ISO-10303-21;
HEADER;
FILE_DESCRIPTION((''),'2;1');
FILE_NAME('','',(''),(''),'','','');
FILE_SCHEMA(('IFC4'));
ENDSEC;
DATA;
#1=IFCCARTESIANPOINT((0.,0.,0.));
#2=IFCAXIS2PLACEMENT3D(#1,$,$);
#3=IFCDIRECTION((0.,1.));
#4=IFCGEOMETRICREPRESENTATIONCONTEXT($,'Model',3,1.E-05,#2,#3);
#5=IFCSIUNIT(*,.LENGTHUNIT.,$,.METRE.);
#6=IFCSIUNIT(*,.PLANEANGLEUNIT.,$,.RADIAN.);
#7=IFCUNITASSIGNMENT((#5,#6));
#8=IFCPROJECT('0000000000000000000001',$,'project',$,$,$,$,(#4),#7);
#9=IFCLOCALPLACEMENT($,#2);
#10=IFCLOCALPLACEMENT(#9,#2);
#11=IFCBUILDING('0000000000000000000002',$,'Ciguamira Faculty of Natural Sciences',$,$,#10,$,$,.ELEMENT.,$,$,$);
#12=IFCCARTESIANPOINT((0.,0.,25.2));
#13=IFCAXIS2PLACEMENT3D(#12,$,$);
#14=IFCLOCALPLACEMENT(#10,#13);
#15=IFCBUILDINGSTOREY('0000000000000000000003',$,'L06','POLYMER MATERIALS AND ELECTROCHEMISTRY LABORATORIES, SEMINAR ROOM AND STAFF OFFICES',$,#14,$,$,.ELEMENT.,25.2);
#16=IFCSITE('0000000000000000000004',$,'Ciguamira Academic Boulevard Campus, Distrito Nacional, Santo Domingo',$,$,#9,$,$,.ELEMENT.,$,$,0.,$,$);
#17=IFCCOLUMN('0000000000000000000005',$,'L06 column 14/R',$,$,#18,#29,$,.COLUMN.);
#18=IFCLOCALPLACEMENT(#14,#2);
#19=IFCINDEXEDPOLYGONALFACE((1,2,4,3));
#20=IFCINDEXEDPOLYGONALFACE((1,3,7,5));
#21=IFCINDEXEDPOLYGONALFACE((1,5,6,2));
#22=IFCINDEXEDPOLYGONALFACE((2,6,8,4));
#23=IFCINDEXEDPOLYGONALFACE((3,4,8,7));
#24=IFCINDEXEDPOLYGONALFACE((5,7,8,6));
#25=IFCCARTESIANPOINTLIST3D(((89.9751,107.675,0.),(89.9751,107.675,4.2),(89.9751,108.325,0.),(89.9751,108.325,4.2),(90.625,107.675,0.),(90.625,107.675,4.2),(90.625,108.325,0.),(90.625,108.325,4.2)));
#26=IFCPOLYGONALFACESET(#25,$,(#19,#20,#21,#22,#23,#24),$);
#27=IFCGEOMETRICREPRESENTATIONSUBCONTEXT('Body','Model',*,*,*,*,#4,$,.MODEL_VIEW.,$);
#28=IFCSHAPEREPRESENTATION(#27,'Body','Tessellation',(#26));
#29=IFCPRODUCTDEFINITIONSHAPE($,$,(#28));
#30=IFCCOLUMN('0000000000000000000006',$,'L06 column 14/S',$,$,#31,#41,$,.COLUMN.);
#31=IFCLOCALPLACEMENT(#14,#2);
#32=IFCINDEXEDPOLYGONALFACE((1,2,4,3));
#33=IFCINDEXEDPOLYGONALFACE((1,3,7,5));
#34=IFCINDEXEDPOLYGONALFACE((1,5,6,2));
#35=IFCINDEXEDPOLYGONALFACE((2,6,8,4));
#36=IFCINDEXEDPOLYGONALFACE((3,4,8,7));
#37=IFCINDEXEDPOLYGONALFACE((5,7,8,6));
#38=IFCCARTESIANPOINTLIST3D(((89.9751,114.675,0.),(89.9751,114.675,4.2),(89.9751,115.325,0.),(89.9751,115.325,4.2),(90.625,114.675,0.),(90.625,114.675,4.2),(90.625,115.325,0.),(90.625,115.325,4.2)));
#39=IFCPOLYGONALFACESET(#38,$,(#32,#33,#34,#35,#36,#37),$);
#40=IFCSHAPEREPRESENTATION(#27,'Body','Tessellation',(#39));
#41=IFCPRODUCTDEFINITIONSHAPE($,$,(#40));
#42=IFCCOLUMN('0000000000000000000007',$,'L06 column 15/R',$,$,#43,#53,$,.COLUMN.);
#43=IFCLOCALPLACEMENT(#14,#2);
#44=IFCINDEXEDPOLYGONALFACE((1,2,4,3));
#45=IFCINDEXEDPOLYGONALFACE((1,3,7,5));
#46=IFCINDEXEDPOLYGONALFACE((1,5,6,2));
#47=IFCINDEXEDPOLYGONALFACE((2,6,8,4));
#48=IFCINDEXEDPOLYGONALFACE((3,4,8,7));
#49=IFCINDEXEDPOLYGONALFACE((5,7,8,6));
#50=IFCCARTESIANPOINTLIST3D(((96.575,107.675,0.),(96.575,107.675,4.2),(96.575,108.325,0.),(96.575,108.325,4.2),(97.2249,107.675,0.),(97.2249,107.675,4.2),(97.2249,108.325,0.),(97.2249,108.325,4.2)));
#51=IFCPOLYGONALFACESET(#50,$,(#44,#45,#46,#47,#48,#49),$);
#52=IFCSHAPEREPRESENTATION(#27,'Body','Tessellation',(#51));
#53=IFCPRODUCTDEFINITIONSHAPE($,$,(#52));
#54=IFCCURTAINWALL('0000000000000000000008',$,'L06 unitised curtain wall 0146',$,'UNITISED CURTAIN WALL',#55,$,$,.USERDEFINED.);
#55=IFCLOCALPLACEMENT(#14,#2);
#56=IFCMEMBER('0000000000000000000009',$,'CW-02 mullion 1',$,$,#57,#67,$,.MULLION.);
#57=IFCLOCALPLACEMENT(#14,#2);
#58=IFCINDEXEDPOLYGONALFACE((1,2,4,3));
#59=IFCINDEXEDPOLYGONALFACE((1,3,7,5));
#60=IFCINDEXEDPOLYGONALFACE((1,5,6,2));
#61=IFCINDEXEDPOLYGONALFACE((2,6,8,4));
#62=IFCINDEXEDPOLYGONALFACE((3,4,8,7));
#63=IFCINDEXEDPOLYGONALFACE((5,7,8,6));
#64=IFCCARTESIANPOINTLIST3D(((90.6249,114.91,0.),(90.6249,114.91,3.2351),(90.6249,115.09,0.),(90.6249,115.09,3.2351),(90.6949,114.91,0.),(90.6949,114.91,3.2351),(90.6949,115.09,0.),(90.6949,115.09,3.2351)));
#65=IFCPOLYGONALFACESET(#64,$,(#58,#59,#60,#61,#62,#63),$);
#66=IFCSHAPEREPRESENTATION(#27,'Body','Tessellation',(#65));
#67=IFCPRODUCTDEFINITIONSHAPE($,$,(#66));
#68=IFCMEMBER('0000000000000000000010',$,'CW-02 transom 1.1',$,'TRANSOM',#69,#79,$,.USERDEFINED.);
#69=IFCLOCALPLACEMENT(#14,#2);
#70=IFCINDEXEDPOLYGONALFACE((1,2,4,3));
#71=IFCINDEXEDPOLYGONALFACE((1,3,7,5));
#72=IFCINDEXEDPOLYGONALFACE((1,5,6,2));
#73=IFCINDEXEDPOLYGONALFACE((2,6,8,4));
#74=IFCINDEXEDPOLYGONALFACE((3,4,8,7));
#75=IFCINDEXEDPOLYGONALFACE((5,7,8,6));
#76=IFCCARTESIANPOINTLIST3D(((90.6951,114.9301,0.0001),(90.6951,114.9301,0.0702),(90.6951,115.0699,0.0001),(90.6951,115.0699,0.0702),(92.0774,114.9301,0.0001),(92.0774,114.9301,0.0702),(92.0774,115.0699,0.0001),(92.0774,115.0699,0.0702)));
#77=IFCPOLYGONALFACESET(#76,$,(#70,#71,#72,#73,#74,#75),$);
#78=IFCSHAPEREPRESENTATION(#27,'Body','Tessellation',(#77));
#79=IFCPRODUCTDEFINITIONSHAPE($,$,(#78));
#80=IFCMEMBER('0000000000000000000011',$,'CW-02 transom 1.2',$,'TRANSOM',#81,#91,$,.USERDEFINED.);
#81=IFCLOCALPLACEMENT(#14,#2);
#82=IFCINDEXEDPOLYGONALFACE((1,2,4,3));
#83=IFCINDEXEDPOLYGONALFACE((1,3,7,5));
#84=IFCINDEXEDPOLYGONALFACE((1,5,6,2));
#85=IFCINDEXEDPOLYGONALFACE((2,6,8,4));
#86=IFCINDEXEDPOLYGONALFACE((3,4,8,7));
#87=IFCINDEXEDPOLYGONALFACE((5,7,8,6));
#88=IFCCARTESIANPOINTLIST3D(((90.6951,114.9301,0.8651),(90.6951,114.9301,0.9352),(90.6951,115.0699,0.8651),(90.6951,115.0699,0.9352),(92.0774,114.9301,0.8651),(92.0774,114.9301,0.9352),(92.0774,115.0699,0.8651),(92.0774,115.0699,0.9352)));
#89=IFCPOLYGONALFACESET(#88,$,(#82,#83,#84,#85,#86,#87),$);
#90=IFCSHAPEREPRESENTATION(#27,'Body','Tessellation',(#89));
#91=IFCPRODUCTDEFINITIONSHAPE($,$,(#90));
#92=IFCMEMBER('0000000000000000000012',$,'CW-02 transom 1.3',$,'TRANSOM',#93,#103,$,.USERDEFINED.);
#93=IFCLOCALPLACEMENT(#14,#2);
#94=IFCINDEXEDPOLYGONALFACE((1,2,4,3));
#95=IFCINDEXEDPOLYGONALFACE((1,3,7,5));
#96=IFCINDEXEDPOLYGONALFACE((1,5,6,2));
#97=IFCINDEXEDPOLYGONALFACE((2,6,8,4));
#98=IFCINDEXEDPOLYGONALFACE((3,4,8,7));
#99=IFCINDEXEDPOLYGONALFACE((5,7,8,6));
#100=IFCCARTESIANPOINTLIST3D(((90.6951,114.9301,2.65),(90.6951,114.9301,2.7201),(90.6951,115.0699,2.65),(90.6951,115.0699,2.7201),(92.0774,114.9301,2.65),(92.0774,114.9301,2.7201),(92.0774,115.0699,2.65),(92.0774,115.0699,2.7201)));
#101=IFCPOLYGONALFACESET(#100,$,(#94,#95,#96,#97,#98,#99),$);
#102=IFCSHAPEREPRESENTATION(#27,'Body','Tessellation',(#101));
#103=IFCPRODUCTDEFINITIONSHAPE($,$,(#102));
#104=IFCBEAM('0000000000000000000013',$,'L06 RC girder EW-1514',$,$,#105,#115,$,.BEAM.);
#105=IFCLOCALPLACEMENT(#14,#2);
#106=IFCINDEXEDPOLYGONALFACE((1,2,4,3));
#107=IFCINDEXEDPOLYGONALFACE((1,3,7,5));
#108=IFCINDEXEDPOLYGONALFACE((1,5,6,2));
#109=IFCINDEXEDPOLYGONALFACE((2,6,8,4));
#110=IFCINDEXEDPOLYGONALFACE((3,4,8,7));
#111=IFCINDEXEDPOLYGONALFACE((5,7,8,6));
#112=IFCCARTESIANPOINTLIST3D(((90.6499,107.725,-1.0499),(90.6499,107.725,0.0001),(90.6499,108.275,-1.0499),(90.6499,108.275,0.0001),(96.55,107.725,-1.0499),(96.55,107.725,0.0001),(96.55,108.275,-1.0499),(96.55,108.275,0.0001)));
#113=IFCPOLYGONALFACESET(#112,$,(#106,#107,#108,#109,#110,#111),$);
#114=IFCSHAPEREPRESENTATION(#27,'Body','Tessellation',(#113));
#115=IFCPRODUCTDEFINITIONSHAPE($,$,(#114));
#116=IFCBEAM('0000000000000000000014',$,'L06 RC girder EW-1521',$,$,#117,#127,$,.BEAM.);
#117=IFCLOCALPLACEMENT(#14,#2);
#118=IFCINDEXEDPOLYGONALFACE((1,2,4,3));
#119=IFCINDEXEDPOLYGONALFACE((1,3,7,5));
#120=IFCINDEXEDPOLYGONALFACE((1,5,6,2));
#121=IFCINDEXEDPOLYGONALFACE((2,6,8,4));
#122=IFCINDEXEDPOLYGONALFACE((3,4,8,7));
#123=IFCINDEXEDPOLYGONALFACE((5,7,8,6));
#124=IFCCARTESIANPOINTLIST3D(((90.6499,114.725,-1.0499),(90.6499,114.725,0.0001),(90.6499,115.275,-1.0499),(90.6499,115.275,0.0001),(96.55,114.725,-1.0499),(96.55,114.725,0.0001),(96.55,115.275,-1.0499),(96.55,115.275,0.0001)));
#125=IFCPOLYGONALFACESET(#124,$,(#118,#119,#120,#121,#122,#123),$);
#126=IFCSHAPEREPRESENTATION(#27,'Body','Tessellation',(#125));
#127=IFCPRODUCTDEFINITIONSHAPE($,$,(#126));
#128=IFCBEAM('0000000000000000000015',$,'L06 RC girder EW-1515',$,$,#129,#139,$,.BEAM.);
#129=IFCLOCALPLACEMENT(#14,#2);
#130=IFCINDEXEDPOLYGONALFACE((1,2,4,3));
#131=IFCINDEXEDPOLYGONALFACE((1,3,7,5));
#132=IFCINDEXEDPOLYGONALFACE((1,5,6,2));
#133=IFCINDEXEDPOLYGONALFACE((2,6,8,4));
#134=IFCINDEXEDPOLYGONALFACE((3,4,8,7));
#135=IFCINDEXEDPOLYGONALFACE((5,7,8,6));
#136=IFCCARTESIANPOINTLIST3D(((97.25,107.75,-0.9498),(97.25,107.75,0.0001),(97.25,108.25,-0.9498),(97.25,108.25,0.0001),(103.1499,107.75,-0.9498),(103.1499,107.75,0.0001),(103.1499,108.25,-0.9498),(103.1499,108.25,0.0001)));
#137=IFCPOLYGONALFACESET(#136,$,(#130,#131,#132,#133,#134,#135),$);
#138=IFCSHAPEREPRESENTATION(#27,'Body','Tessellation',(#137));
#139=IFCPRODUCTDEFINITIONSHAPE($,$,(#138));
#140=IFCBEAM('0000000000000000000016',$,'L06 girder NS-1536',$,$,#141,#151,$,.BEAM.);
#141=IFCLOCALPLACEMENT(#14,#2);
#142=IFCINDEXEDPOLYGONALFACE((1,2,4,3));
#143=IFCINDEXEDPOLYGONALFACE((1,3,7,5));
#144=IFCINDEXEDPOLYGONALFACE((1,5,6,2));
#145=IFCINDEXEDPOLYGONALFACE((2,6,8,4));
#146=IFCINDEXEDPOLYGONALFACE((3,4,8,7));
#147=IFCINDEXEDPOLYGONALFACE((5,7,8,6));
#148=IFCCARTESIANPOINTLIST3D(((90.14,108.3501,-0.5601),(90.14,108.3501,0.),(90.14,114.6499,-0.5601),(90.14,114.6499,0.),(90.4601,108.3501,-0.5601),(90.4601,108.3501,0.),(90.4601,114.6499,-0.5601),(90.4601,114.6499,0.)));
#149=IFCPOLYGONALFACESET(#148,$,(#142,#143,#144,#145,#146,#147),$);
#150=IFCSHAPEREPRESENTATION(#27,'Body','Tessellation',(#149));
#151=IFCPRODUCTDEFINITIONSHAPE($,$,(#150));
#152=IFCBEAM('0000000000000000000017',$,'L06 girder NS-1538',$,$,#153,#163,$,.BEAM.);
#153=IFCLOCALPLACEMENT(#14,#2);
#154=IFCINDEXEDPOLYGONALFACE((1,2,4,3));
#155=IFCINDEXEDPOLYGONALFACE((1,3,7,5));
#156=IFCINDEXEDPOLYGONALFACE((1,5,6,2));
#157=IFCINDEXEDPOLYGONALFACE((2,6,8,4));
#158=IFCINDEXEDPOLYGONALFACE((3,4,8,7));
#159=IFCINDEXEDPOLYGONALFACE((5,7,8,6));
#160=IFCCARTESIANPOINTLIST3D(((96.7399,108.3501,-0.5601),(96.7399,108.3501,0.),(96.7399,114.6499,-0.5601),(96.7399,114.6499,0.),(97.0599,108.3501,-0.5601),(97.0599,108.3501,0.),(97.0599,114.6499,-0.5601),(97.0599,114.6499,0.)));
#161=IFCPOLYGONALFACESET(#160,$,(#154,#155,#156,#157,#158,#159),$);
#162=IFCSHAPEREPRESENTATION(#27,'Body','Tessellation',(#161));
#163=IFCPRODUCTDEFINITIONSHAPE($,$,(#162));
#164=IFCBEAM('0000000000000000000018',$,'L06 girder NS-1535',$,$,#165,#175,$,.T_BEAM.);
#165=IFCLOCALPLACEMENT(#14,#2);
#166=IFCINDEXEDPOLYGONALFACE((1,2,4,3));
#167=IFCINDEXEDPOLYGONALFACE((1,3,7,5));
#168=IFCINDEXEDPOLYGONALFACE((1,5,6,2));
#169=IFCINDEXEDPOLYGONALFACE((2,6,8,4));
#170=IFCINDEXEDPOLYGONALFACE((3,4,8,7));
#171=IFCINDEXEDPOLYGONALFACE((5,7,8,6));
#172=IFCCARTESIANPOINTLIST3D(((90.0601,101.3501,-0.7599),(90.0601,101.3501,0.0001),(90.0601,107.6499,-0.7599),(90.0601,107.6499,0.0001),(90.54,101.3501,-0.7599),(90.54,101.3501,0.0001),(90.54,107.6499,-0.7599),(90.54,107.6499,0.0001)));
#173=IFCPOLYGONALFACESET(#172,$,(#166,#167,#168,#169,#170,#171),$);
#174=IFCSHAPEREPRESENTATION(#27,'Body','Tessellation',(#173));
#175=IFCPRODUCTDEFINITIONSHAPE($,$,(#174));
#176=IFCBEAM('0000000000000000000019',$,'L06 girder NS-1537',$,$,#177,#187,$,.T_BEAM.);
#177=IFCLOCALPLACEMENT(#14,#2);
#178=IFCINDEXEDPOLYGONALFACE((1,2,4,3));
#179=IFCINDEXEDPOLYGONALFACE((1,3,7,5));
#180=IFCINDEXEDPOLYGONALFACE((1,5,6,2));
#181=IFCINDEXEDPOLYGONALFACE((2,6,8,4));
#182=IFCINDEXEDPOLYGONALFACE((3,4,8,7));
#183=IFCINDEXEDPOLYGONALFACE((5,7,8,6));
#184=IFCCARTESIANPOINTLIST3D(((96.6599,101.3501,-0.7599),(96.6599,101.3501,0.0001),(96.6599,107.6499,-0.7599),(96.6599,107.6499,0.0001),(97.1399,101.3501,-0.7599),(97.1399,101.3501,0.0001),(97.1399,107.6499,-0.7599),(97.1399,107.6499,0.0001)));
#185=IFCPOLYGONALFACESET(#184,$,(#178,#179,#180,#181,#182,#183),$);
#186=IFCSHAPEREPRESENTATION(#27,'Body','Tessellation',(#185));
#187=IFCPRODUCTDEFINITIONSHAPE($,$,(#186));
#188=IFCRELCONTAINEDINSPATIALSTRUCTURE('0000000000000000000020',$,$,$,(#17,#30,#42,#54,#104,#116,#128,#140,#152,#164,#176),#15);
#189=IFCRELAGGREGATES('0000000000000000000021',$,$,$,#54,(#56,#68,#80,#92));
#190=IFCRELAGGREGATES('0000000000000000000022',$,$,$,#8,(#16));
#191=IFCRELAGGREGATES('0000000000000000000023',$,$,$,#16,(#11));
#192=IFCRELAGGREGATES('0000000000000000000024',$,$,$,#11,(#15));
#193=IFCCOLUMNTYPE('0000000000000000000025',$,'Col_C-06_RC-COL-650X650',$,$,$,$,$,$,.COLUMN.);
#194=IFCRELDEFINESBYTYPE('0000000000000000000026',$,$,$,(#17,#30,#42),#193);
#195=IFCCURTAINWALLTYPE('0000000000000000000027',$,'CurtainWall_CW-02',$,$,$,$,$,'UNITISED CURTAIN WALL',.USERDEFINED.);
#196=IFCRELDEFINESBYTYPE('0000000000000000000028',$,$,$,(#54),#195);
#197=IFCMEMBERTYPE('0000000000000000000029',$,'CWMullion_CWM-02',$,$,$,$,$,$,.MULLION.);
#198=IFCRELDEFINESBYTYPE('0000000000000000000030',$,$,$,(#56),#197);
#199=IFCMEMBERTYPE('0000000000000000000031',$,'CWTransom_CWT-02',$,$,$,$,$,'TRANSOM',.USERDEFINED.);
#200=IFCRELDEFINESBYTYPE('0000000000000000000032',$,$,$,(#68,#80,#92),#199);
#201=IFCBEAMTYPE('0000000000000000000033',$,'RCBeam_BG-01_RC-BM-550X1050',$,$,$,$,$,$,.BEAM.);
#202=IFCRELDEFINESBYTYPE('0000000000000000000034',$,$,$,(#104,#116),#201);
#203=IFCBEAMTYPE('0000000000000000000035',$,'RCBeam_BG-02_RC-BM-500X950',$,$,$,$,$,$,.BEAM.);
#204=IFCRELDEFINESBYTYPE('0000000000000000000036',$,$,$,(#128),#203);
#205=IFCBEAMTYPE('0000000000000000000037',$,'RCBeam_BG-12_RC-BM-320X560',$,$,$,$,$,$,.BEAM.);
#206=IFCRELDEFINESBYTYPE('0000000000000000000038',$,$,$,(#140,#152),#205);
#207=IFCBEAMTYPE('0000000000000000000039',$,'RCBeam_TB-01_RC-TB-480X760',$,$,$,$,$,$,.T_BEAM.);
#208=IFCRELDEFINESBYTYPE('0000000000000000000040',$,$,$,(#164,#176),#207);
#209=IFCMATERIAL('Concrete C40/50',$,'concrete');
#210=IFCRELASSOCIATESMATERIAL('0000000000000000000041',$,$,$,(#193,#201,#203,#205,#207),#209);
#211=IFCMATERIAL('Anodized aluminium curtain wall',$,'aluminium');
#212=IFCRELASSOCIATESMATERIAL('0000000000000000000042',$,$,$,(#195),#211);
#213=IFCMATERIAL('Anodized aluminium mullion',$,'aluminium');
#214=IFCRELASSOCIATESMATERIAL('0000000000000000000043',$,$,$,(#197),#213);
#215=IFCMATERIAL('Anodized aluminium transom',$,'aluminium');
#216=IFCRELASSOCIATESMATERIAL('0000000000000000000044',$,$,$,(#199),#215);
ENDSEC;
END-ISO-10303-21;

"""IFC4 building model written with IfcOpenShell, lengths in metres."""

from ifc_helpers import new_model, si_unit, direction, frame, origin, origin_2d, place, context, subcontext, project, spatial, rectangle, extrude, material, material_profile, profile_set, type_object, element, aggregate, save


model = new_model("IFC4")

# Units and contexts
model_context = context("Model", 3, precision=1e-05, world=origin(), true_north=direction((0.0, 1.0)))
body_context = subcontext(model_context, "Body", "Model", "MODEL_VIEW")
ifc_project = project(units=[si_unit("LENGTHUNIT", "METRE"), si_unit("PLANEANGLEUNIT", "RADIAN")], contexts=[model_context])

# Site, building, storey
site_placement = place(None, origin())
site = spatial("IfcSite", under=ifc_project, at=site_placement, Name="Ciguamira Academic Boulevard Campus, Distrito Nacional, Santo Domingo", CompositionType="ELEMENT", RefElevation=0.0)
building_placement = place(site_placement, origin())
building = spatial("IfcBuilding", under=site, at=building_placement, Name="Ciguamira Faculty of Natural Sciences", CompositionType="ELEMENT")
storey_placement = place(building_placement, frame((0.0, 0.0, 25.2)))
storey = spatial("IfcBuildingStorey", under=building, at=storey_placement, Name="L06", Description="POLYMER MATERIALS AND ELECTROCHEMISTRY LABORATORIES, SEMINAR ROOM AND STAFF OFFICES", CompositionType="ELEMENT", Elevation=25.2)

# Columns
ifc_material_1 = material(Name="Concrete C40/50", Category="concrete")
ifc_material_profile_1 = material_profile(ifc_material_1, rectangle(XDim=0.6499, YDim=0.6499, at=origin_2d()), Name="RC-COL-650X650")
ifc_profile_set_1 = profile_set([ifc_material_profile_1], Name="Concrete C40/50")
column_type = type_object("IfcColumnType", Name="Col_C-06_RC-COL-650X650", PredefinedType="COLUMN", material=ifc_profile_set_1)
for number, where, z_axis, x_axis, name in (
    (1, (90.3, 108.0, 0.0), (0.0, 0.0, 1.0), (1.0, 0.0, 0.0), "L06 column 14/R"),
    (2, (90.3, 115.0, 0.0), (0.0, 0.0, 1.0), (1.0, 0.0, 0.0), "L06 column 14/S"),
    (3, (96.8999, 108.0, 0.0), (0.0, 0.0, 1.0), (1.0, 0.0, 0.0), "L06 column 15/R"),
):
    element("IfcColumn", number, at=place(storey_placement, frame(where, z_axis=z_axis, x_axis=x_axis)), inside=storey, type_object=column_type, Name=name, PredefinedType="COLUMN", context=body_context, shape_type="SweptSolid", body=[
        extrude(rectangle(XDim=0.6499, YDim=0.6499, at=origin_2d()), origin(), (0.0, 0.0, 1.0), 4.2),
    ])

# Curtain wall, members
ifc_material_2 = material(Name="Anodized aluminium curtain wall", Category="aluminium")
curtain_wall_type = type_object("IfcCurtainWallType", Name="CurtainWall_CW-02", ElementType="UNITISED CURTAIN WALL", PredefinedType="USERDEFINED", material=ifc_material_2)
curtain_wall_placement = place(storey_placement, origin())
curtain_wall = element("IfcCurtainWall", 4, at=curtain_wall_placement, inside=storey, type_object=curtain_wall_type, Name="L06 unitised curtain wall 0146", ObjectType="UNITISED CURTAIN WALL", PredefinedType="USERDEFINED")
ifc_material_3 = material(Name="Anodized aluminium mullion", Category="aluminium")
ifc_material_profile_2 = material_profile(ifc_material_3, rectangle(XDim=0.0701, YDim=0.1799, at=origin_2d()), Name="ALU-MUL-70X180")
ifc_profile_set_2 = profile_set([ifc_material_profile_2], Name="Anodized aluminium mullion")
member_type_1 = type_object("IfcMemberType", Name="CWMullion_CWM-02", PredefinedType="MULLION", material=ifc_profile_set_2)
member_1_placement = place(storey_placement, frame((90.6599, 115.0, 0.0), z_axis=(0.0, 0.0, 1.0), x_axis=(1.0, 0.0, 0.0)))
member_1 = element("IfcMember", 5, at=member_1_placement, type_object=member_type_1, Name="CW-02 mullion 1", PredefinedType="MULLION", context=body_context, shape_type="SweptSolid", body=[
    extrude(rectangle(XDim=0.0701, YDim=0.1799, at=origin_2d()), origin(), (0.0, 0.0, 1.0), 3.2351),
])
ifc_material_4 = material(Name="Anodized aluminium transom", Category="aluminium")
ifc_material_profile_3 = material_profile(ifc_material_4, rectangle(XDim=0.0701, YDim=0.1399, at=origin_2d()), Name="ALU-TRN-70X140")
ifc_profile_set_3 = profile_set([ifc_material_profile_3], Name="Anodized aluminium transom")
member_type_2 = type_object("IfcMemberType", Name="CWTransom_CWT-02", ElementType="TRANSOM", PredefinedType="USERDEFINED", material=ifc_profile_set_3)
member_2_placement = place(storey_placement, frame((90.6951, 115.0, 0.0352), z_axis=(1.0, 0.0, 0.0), x_axis=(0.0, 0.0, 1.0)))
member_2 = element("IfcMember", 6, at=member_2_placement, type_object=member_type_2, Name="CW-02 transom 1.1", ObjectType="TRANSOM", PredefinedType="USERDEFINED", context=body_context, shape_type="SweptSolid", body=[
    extrude(rectangle(XDim=0.0701, YDim=0.1399, at=origin_2d()), origin(), (0.0, 0.0, 1.0), 1.3823),
])
member_3_placement = place(storey_placement, frame((90.6951, 115.0, 0.9001), z_axis=(1.0, 0.0, 0.0), x_axis=(0.0, 0.0, 1.0)))
member_3 = element("IfcMember", 7, at=member_3_placement, type_object=member_type_2, Name="CW-02 transom 1.2", ObjectType="TRANSOM", PredefinedType="USERDEFINED", context=body_context, shape_type="SweptSolid", body=[
    extrude(rectangle(XDim=0.0701, YDim=0.1399, at=origin_2d()), origin(), (0.0, 0.0, 1.0), 1.3823),
])
member_4_placement = place(storey_placement, frame((90.6951, 115.0, 2.6851), z_axis=(1.0, 0.0, 0.0), x_axis=(0.0, 0.0, 1.0)))
member_4 = element("IfcMember", 8, at=member_4_placement, type_object=member_type_2, Name="CW-02 transom 1.3", ObjectType="TRANSOM", PredefinedType="USERDEFINED", context=body_context, shape_type="SweptSolid", body=[
    extrude(rectangle(XDim=0.0701, YDim=0.1399, at=origin_2d()), origin(), (0.0, 0.0, 1.0), 1.3823),
])
aggregate(curtain_wall, [member_1, member_2, member_3, member_4])

# Beams
ifc_material_profile_4 = material_profile(ifc_material_1, rectangle(XDim=0.55, YDim=1.05, at=origin_2d()), Name="RC-BM-550X1050")
ifc_profile_set_4 = profile_set([ifc_material_profile_4], Name="Concrete C40/50")
beam_type_1 = type_object("IfcBeamType", Name="RCBeam_BG-01_RC-BM-550X1050", PredefinedType="BEAM", material=ifc_profile_set_4)
for number, where, z_axis, x_axis, name in (
    (9, (90.6499, 108.0, -0.5249), (1.0, 0.0, 0.0), (0.0, 1.0, 0.0), "L06 RC girder EW-1514"),
    (10, (90.6499, 115.0, -0.5249), (1.0, 0.0, 0.0), (0.0, 1.0, 0.0), "L06 RC girder EW-1521"),
):
    element("IfcBeam", number, at=place(storey_placement, frame(where, z_axis=z_axis, x_axis=x_axis)), inside=storey, type_object=beam_type_1, Name=name, PredefinedType="BEAM", context=body_context, shape_type="SweptSolid", body=[
        extrude(rectangle(XDim=0.55, YDim=1.05, at=origin_2d()), origin(), (0.0, 0.0, 1.0), 5.9001),
    ])
ifc_material_profile_5 = material_profile(ifc_material_1, rectangle(XDim=0.5, YDim=0.95, at=origin_2d()), Name="RC-BM-500X950")
ifc_profile_set_5 = profile_set([ifc_material_profile_5], Name="Concrete C40/50")
beam_type_2 = type_object("IfcBeamType", Name="RCBeam_BG-02_RC-BM-500X950", PredefinedType="BEAM", material=ifc_profile_set_5)
beam_1_placement = place(storey_placement, frame((97.25, 108.0, -0.4749), z_axis=(1.0, 0.0, 0.0), x_axis=(0.0, 1.0, 0.0)))
element("IfcBeam", 11, at=beam_1_placement, inside=storey, type_object=beam_type_2, Name="L06 RC girder EW-1515", PredefinedType="BEAM", context=body_context, shape_type="SweptSolid", body=[
    extrude(rectangle(XDim=0.5, YDim=0.95, at=origin_2d()), origin(), (0.0, 0.0, 1.0), 5.8999),
])
ifc_material_profile_6 = material_profile(ifc_material_1, rectangle(XDim=0.3201, YDim=0.5601, at=origin_2d()), Name="RC-BM-320X560")
ifc_profile_set_6 = profile_set([ifc_material_profile_6], Name="Concrete C40/50")
beam_type_3 = type_object("IfcBeamType", Name="RCBeam_BG-12_RC-BM-320X560", PredefinedType="BEAM", material=ifc_profile_set_6)
for number, where, z_axis, x_axis, name in (
    (12, (90.3, 108.3501, -0.28), (0.0, 1.0, 0.0), (-1.0, 0.0, 0.0), "L06 girder NS-1536"),
    (13, (96.8999, 108.3501, -0.28), (0.0, 1.0, 0.0), (-1.0, 0.0, 0.0), "L06 girder NS-1538"),
):
    element("IfcBeam", number, at=place(storey_placement, frame(where, z_axis=z_axis, x_axis=x_axis)), inside=storey, type_object=beam_type_3, Name=name, PredefinedType="BEAM", context=body_context, shape_type="SweptSolid", body=[
        extrude(rectangle(XDim=0.3201, YDim=0.5601, at=origin_2d()), origin(), (0.0, 0.0, 1.0), 6.2998),
    ])
ifc_material_profile_7 = material_profile(ifc_material_1, rectangle(XDim=0.48, YDim=0.76, at=origin_2d()), Name="RC-TB-480X760")
ifc_profile_set_7 = profile_set([ifc_material_profile_7], Name="Concrete C40/50")
beam_type_4 = type_object("IfcBeamType", Name="RCBeam_TB-01_RC-TB-480X760", PredefinedType="T_BEAM", material=ifc_profile_set_7)
for number, where, z_axis, x_axis, name in (
    (14, (90.3, 101.3501, -0.3799), (0.0, 1.0, 0.0), (-1.0, 0.0, 0.0), "L06 girder NS-1535"),
    (15, (96.8999, 101.3501, -0.3799), (0.0, 1.0, 0.0), (-1.0, 0.0, 0.0), "L06 girder NS-1537"),
):
    element("IfcBeam", number, at=place(storey_placement, frame(where, z_axis=z_axis, x_axis=x_axis)), inside=storey, type_object=beam_type_4, Name=name, PredefinedType="T_BEAM", context=body_context, shape_type="SweptSolid", body=[
        extrude(rectangle(XDim=0.48, YDim=0.76, at=origin_2d()), origin(), (0.0, 0.0, 1.0), 6.2998),
    ])

save(model, "model.ifc")
